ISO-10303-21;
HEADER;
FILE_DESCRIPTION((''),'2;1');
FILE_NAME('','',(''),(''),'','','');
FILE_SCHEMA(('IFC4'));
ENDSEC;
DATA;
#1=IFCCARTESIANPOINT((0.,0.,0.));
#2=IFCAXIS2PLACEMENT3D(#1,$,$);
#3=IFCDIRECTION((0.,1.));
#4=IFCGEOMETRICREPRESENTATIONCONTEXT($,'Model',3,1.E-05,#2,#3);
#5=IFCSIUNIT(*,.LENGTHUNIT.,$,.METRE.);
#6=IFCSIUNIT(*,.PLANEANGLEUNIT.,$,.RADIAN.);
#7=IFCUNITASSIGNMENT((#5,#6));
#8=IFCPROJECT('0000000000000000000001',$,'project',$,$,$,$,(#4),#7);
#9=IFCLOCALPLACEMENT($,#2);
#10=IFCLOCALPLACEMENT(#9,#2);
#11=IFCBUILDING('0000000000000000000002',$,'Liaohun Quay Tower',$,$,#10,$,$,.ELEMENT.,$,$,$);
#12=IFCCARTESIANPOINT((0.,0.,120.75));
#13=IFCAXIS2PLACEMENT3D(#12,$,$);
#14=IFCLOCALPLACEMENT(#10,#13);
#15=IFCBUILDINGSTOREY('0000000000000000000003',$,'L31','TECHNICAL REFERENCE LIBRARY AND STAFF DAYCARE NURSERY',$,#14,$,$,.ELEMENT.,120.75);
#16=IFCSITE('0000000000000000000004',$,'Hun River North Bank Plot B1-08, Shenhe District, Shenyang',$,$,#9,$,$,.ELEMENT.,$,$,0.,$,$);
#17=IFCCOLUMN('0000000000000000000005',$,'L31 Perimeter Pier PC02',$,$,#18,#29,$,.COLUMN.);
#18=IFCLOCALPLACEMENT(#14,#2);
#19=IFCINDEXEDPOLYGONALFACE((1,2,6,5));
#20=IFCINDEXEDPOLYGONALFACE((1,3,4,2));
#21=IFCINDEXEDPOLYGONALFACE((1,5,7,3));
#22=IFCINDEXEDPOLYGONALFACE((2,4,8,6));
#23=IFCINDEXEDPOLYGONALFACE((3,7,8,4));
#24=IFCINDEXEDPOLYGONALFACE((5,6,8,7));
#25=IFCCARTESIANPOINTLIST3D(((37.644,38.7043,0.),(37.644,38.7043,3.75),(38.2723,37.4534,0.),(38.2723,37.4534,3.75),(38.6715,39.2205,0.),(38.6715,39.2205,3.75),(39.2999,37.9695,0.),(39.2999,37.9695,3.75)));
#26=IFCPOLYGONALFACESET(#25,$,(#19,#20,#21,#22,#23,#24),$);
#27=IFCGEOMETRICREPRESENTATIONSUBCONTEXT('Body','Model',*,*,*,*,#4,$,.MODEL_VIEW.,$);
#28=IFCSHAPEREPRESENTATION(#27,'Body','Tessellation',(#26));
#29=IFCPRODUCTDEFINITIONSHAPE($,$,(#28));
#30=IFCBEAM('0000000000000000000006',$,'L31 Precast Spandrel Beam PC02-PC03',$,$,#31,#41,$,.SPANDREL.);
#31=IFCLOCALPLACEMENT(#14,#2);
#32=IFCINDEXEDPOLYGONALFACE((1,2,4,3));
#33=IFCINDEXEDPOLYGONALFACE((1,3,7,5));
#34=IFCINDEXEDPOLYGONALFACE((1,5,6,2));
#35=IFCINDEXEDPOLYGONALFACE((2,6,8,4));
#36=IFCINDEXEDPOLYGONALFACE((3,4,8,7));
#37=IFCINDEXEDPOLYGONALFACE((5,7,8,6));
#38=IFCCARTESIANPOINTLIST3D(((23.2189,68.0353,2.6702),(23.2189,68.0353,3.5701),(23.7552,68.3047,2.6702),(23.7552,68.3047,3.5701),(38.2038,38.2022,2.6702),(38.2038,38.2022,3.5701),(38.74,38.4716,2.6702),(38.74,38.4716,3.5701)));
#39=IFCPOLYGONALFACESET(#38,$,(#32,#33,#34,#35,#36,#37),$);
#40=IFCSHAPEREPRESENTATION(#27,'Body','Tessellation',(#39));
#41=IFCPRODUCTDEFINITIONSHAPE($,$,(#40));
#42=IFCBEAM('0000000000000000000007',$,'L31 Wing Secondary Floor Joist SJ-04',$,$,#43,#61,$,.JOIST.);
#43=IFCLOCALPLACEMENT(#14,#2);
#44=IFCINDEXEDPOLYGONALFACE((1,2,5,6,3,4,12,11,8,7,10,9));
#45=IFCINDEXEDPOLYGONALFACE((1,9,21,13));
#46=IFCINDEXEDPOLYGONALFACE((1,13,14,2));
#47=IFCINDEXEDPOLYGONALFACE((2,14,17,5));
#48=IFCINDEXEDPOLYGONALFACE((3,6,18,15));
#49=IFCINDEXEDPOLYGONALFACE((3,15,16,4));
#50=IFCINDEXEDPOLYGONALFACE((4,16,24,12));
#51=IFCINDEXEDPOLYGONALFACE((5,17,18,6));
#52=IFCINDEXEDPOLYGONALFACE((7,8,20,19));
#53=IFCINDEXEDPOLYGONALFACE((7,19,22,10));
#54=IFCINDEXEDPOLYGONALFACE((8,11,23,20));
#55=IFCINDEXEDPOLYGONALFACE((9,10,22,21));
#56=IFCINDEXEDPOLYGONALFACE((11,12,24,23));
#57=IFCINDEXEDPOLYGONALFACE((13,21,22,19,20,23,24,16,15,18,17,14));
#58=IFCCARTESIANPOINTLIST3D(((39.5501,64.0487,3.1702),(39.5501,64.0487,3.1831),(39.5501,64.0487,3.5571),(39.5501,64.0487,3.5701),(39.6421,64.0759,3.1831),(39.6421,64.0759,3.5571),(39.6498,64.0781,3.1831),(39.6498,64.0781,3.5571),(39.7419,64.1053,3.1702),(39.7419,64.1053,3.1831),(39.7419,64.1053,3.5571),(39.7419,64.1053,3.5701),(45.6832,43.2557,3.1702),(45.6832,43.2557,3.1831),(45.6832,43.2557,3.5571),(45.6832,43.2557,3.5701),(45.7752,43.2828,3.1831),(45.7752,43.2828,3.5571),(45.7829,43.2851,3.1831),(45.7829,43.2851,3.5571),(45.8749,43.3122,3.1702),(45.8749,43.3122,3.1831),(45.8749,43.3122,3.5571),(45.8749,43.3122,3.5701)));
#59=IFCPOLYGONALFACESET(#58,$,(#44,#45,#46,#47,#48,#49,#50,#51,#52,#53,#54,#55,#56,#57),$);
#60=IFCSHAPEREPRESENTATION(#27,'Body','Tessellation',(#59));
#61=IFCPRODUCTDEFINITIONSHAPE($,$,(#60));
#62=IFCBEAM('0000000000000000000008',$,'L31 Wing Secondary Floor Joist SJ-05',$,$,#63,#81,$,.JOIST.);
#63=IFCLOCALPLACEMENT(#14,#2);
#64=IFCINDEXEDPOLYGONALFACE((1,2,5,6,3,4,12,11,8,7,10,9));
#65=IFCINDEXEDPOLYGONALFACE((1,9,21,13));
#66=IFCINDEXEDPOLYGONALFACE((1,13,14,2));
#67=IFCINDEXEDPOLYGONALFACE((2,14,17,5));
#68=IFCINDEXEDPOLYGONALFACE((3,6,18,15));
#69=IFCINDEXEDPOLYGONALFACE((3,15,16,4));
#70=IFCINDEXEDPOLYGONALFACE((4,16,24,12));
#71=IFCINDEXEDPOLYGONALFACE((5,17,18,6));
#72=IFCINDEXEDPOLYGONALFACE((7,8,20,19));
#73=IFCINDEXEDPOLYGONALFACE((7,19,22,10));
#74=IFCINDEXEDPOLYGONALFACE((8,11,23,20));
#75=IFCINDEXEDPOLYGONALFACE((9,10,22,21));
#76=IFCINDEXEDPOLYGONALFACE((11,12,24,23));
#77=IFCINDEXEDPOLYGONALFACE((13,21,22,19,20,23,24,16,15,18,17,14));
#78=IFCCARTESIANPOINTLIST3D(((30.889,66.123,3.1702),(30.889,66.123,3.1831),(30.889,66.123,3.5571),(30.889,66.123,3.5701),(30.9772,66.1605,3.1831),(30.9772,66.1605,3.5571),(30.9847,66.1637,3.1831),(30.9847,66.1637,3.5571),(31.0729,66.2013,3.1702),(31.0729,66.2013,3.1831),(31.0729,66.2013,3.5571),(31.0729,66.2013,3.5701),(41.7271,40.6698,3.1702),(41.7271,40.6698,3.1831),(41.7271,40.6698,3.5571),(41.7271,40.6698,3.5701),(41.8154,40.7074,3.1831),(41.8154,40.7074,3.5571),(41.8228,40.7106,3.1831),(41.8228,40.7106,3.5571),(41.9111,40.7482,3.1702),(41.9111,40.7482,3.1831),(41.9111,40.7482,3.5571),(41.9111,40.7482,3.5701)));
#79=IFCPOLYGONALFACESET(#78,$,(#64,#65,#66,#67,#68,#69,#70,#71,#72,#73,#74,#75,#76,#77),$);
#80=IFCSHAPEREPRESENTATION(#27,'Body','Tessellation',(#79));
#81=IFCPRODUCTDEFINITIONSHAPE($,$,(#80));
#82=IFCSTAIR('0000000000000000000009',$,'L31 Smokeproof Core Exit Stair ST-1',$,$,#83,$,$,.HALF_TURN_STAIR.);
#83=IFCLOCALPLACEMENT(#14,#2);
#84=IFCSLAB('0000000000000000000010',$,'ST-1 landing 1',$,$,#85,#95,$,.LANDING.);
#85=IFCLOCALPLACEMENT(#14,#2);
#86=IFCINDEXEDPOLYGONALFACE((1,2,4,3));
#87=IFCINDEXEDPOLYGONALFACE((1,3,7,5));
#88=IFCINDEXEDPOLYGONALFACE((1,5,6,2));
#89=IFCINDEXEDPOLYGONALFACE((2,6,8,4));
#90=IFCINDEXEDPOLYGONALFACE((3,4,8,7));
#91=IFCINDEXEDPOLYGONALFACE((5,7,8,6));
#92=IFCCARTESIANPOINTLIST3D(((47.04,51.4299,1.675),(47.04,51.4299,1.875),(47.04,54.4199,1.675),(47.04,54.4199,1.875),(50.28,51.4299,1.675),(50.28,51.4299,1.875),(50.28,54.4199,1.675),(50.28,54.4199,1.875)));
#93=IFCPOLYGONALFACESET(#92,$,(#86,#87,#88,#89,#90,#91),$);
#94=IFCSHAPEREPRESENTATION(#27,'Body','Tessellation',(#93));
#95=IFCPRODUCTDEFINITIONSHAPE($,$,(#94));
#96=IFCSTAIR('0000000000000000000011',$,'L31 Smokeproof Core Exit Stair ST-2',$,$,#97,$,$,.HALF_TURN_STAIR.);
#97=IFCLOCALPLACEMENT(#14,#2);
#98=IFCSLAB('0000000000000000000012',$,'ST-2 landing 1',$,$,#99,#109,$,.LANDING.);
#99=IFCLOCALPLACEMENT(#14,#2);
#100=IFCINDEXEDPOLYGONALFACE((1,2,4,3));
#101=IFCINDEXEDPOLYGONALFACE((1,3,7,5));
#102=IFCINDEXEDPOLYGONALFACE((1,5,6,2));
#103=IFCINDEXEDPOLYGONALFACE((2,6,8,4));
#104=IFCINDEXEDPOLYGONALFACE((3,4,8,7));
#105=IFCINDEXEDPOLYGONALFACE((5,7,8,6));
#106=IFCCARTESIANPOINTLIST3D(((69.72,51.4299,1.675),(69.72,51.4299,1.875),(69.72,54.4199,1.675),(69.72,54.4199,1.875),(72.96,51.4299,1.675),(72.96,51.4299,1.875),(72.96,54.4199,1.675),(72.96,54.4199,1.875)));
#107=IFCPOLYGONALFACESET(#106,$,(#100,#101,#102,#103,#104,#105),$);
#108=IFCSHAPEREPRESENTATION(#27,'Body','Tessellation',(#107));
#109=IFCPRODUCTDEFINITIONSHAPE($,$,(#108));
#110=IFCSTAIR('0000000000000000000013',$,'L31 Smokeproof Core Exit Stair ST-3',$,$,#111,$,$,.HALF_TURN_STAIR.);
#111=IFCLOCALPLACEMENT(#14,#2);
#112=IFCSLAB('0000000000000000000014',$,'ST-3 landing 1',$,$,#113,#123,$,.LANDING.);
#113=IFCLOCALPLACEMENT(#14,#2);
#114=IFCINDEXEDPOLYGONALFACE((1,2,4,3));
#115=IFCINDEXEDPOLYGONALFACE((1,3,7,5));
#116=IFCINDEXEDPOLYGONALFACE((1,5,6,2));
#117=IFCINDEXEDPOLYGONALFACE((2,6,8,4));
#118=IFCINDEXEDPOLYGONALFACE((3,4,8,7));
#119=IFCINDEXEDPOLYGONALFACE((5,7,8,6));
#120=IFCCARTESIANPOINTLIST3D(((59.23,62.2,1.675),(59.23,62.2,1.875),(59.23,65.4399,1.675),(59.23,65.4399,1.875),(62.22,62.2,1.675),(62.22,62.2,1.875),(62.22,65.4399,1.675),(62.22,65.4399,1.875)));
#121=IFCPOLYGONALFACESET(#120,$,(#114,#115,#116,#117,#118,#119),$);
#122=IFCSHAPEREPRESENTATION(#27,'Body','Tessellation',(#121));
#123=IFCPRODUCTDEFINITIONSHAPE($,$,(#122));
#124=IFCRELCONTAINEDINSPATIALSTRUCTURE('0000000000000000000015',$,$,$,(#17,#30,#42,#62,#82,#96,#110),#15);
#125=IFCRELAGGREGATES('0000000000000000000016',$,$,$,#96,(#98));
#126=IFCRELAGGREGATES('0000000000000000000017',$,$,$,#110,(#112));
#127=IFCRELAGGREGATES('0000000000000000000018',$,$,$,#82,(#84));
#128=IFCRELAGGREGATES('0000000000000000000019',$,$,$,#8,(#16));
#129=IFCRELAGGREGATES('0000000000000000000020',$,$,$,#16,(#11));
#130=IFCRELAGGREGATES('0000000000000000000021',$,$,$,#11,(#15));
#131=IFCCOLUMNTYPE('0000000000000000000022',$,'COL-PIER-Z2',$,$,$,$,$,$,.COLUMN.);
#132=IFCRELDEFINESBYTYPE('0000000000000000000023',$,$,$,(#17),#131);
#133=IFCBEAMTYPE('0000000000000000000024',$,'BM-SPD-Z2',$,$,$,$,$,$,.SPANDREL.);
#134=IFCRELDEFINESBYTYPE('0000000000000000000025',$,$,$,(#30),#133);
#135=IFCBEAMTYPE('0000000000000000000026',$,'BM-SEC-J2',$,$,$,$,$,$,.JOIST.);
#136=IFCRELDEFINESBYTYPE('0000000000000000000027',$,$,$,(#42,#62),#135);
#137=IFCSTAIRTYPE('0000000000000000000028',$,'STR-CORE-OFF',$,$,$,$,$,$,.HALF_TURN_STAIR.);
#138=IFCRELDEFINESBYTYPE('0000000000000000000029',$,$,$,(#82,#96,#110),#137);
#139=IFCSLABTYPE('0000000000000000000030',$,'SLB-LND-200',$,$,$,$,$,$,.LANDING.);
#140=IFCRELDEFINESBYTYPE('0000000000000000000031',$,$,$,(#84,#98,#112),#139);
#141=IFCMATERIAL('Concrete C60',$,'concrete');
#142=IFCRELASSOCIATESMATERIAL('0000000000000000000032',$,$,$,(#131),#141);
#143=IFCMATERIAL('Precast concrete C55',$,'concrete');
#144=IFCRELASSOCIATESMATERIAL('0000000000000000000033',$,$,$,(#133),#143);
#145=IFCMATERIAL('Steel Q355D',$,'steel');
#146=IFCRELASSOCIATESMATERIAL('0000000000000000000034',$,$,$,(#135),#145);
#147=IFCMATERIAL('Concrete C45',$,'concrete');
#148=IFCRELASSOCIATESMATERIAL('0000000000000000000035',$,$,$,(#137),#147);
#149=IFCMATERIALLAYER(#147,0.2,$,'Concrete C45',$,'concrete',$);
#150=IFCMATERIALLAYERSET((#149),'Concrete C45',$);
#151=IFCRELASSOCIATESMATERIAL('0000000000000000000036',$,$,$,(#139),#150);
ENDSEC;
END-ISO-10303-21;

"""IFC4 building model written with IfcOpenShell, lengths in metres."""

from ifc_helpers import new_model, si_unit, direction, frame, origin, origin_2d, place, context, subcontext, project, spatial, polyline, rectangle, i_section, outline, extrude, source, transform, mapped, material, layer, layer_set, material_profile, profile_set, type_object, element, aggregate, save


model = new_model("IFC4")

# Units and contexts
model_context = context("Model", 3, precision=1e-05, world=origin(), true_north=direction((0.0, 1.0)))
body_context = subcontext(model_context, "Body", "Model", "MODEL_VIEW")
ifc_project = project(units=[si_unit("LENGTHUNIT", "METRE"), si_unit("PLANEANGLEUNIT", "RADIAN")], contexts=[model_context])

# Site, building, storey
site_placement = place(None, origin())
site = spatial("IfcSite", under=ifc_project, at=site_placement, Name="Hun River North Bank Plot B1-08, Shenhe District, Shenyang", CompositionType="ELEMENT", RefElevation=0.0)
building_placement = place(site_placement, origin())
building = spatial("IfcBuilding", under=site, at=building_placement, Name="Liaohun Quay Tower", CompositionType="ELEMENT")
storey_placement = place(building_placement, frame((0.0, 0.0, 120.75)))
storey = spatial("IfcBuildingStorey", under=building, at=storey_placement, Name="L31", Description="TECHNICAL REFERENCE LIBRARY AND STAFF DAYCARE NURSERY", CompositionType="ELEMENT", Elevation=120.75)

# Column
ifc_material_1 = material(Name="Concrete C60", Category="concrete")
ifc_material_profile_1 = material_profile(ifc_material_1, rectangle(XDim=1.3999, YDim=1.1499, at=origin_2d()), Name="RC1400x1150")
ifc_profile_set_1 = profile_set([ifc_material_profile_1], Name="Concrete C60")
column_type = type_object("IfcColumnType", Name="COL-PIER-Z2", PredefinedType="COLUMN", material=ifc_profile_set_1)
shared_shape_1 = source(origin(), body_context, "Body", "SweptSolid", [
    extrude(rectangle(XDim=1.3999, YDim=1.1499, at=origin_2d()), origin(), (0.0, 0.0, 1.0), 3.75),
])
column_placement = place(storey_placement, frame((38.4719, 38.3369, 0.0), z_axis=(0.0, 0.0, 1.0), x_axis=(-0.448851, 0.893607, 0.0)))
element("IfcColumn", 1, at=column_placement, inside=storey, type_object=column_type, Name="L31 Perimeter Pier PC02", PredefinedType="COLUMN", context=body_context, shape_type="MappedRepresentation", body=[
    mapped(shared_shape_1, transform((0.0, 0.0, 0.0), x_axis=(1.0, 0.0, 0.0), y_axis=(0.0, 1.0, 0.0), z_axis=(0.0, 0.0, 1.0), scale=1.0)),
])

# Beams
ifc_material_2 = material(Name="Precast concrete C55", Category="concrete")
ifc_material_profile_2 = material_profile(ifc_material_2, rectangle(XDim=0.6001, YDim=0.8999, at=origin_2d()), Name="RC600x900")
ifc_profile_set_2 = profile_set([ifc_material_profile_2], Name="Precast concrete C55")
beam_type_1 = type_object("IfcBeamType", Name="BM-SPD-Z2", PredefinedType="SPANDREL", material=ifc_profile_set_2)
shared_shape_2 = source(origin(), body_context, "Body", "SweptSolid", [
    extrude(rectangle(XDim=0.6001, YDim=0.8999, at=origin_2d()), origin(), (0.0, 0.0, 1.0), 33.385),
])
beam_1_placement = place(storey_placement, frame((38.4719, 38.3369, 3.1201), z_axis=(-0.448851, 0.893607, 0.0), x_axis=(-0.893607, -0.448851, 0.0)))
element("IfcBeam", 2, at=beam_1_placement, inside=storey, type_object=beam_type_1, Name="L31 Precast Spandrel Beam PC02-PC03", PredefinedType="SPANDREL", context=body_context, shape_type="MappedRepresentation", body=[
    mapped(shared_shape_2, transform((0.0, 0.0, 0.0), x_axis=(1.0, 0.0, 0.0), y_axis=(0.0, 1.0, 0.0), z_axis=(0.0, 0.0, 1.0), scale=1.0)),
])
ifc_material_3 = material(Name="Steel Q355D", Category="steel")
ifc_material_profile_3 = material_profile(ifc_material_3, i_section(OverallWidth=0.2, OverallDepth=0.3999, WebThickness=0.0081, FlangeThickness=0.0129, at=origin_2d()), Name="HN400x200x8x13")
ifc_profile_set_3 = profile_set([ifc_material_profile_3], Name="Steel Q355D")
beam_type_2 = type_object("IfcBeamType", Name="BM-SEC-J2", PredefinedType="JOIST", material=ifc_profile_set_3)
shared_shape_3 = source(origin(), body_context, "Body", "SweptSolid", [
    extrude(i_section(OverallWidth=0.2, OverallDepth=0.3999, WebThickness=0.0081, FlangeThickness=0.0129, at=origin_2d()), origin(), (0.0, 0.0, 1.0), 21.6787),
])
beam_2_placement = place(storey_placement, frame((45.7791, 43.2839, 3.3701), z_axis=(-0.282908, 0.959147, 0.0), x_axis=(-0.959147, -0.282908, 0.0)))
element("IfcBeam", 3, at=beam_2_placement, inside=storey, type_object=beam_type_2, Name="L31 Wing Secondary Floor Joist SJ-04", PredefinedType="JOIST", context=body_context, shape_type="MappedRepresentation", body=[
    mapped(shared_shape_3, transform((0.0, 0.0, 0.0), x_axis=(1.0, 0.0, 0.0), y_axis=(0.0, 1.0, 0.0), z_axis=(0.0, 0.0, 1.0), scale=1.0)),
])
shared_shape_4 = source(origin(), body_context, "Body", "SweptSolid", [
    extrude(i_section(OverallWidth=0.2, OverallDepth=0.3999, WebThickness=0.0081, FlangeThickness=0.0129, at=origin_2d()), origin(), (0.0, 0.0, 1.0), 27.6646),
])
beam_3_placement = place(storey_placement, frame((41.8191, 40.709, 3.3701), z_axis=(-0.39177, 0.920063, 0.0), x_axis=(-0.920063, -0.39177, 0.0)))
element("IfcBeam", 4, at=beam_3_placement, inside=storey, type_object=beam_type_2, Name="L31 Wing Secondary Floor Joist SJ-05", PredefinedType="JOIST", context=body_context, shape_type="MappedRepresentation", body=[
    mapped(shared_shape_4, transform((0.0, 0.0, 0.0), x_axis=(1.0, 0.0, 0.0), y_axis=(0.0, 1.0, 0.0), z_axis=(0.0, 0.0, 1.0), scale=1.0)),
])

# Stairs, slabs
ifc_material_4 = material(Name="Concrete C45", Category="concrete")
stair_type = type_object("IfcStairType", Name="STR-CORE-OFF", PredefinedType="HALF_TURN_STAIR", material=ifc_material_4)
stair_1_placement = place(storey_placement, origin())
stair_1 = element("IfcStair", 5, at=stair_1_placement, inside=storey, type_object=stair_type, Name="L31 Smokeproof Core Exit Stair ST-1", PredefinedType="HALF_TURN_STAIR")
ifc_layer_1 = layer(ifc_material_4, 0.2, Name="Concrete C45", Category="concrete")
ifc_layer_set_1 = layer_set([ifc_layer_1], Name="Concrete C45")
slab_type_1 = type_object("IfcSlabType", Name="SLB-LND-200", PredefinedType="LANDING", material=ifc_layer_set_1)
slab_1_placement = place(storey_placement, frame((0.0, 0.0, 1.675)))
slab_1 = element("IfcSlab", 6, at=slab_1_placement, type_object=slab_type_1, Name="ST-1 landing 1", PredefinedType="LANDING", context=body_context, shape_type="SweptSolid", body=[
    extrude(outline(polyline([(50.28, 51.4299), (50.28, 54.4199), (47.04, 54.4199), (47.04, 51.4299), (50.28, 51.4299)])), origin(), (0.0, 0.0, 1.0), 0.2),
])
stair_2_placement = place(storey_placement, origin())
stair_2 = element("IfcStair", 7, at=stair_2_placement, inside=storey, type_object=stair_type, Name="L31 Smokeproof Core Exit Stair ST-2", PredefinedType="HALF_TURN_STAIR")
slab_2_placement = place(storey_placement, frame((0.0, 0.0, 1.675)))
slab_2 = element("IfcSlab", 8, at=slab_2_placement, type_object=slab_type_1, Name="ST-2 landing 1", PredefinedType="LANDING", context=body_context, shape_type="SweptSolid", body=[
    extrude(outline(polyline([(72.96, 51.4299), (72.96, 54.4199), (69.72, 54.4199), (69.72, 51.4299), (72.96, 51.4299)])), origin(), (0.0, 0.0, 1.0), 0.2),
])
aggregate(stair_2, [slab_2])
stair_3_placement = place(storey_placement, origin())
stair_3 = element("IfcStair", 9, at=stair_3_placement, inside=storey, type_object=stair_type, Name="L31 Smokeproof Core Exit Stair ST-3", PredefinedType="HALF_TURN_STAIR")
slab_3_placement = place(storey_placement, frame((0.0, 0.0, 1.675)))
slab_3 = element("IfcSlab", 10, at=slab_3_placement, type_object=slab_type_1, Name="ST-3 landing 1", PredefinedType="LANDING", context=body_context, shape_type="SweptSolid", body=[
    extrude(outline(polyline([(59.23, 62.2), (62.22, 62.2), (62.22, 65.4399), (59.23, 65.4399), (59.23, 62.2)])), origin(), (0.0, 0.0, 1.0), 0.2),
])
aggregate(stair_3, [slab_3])

aggregate(stair_1, [slab_1])

save(model, "model.ifc")
